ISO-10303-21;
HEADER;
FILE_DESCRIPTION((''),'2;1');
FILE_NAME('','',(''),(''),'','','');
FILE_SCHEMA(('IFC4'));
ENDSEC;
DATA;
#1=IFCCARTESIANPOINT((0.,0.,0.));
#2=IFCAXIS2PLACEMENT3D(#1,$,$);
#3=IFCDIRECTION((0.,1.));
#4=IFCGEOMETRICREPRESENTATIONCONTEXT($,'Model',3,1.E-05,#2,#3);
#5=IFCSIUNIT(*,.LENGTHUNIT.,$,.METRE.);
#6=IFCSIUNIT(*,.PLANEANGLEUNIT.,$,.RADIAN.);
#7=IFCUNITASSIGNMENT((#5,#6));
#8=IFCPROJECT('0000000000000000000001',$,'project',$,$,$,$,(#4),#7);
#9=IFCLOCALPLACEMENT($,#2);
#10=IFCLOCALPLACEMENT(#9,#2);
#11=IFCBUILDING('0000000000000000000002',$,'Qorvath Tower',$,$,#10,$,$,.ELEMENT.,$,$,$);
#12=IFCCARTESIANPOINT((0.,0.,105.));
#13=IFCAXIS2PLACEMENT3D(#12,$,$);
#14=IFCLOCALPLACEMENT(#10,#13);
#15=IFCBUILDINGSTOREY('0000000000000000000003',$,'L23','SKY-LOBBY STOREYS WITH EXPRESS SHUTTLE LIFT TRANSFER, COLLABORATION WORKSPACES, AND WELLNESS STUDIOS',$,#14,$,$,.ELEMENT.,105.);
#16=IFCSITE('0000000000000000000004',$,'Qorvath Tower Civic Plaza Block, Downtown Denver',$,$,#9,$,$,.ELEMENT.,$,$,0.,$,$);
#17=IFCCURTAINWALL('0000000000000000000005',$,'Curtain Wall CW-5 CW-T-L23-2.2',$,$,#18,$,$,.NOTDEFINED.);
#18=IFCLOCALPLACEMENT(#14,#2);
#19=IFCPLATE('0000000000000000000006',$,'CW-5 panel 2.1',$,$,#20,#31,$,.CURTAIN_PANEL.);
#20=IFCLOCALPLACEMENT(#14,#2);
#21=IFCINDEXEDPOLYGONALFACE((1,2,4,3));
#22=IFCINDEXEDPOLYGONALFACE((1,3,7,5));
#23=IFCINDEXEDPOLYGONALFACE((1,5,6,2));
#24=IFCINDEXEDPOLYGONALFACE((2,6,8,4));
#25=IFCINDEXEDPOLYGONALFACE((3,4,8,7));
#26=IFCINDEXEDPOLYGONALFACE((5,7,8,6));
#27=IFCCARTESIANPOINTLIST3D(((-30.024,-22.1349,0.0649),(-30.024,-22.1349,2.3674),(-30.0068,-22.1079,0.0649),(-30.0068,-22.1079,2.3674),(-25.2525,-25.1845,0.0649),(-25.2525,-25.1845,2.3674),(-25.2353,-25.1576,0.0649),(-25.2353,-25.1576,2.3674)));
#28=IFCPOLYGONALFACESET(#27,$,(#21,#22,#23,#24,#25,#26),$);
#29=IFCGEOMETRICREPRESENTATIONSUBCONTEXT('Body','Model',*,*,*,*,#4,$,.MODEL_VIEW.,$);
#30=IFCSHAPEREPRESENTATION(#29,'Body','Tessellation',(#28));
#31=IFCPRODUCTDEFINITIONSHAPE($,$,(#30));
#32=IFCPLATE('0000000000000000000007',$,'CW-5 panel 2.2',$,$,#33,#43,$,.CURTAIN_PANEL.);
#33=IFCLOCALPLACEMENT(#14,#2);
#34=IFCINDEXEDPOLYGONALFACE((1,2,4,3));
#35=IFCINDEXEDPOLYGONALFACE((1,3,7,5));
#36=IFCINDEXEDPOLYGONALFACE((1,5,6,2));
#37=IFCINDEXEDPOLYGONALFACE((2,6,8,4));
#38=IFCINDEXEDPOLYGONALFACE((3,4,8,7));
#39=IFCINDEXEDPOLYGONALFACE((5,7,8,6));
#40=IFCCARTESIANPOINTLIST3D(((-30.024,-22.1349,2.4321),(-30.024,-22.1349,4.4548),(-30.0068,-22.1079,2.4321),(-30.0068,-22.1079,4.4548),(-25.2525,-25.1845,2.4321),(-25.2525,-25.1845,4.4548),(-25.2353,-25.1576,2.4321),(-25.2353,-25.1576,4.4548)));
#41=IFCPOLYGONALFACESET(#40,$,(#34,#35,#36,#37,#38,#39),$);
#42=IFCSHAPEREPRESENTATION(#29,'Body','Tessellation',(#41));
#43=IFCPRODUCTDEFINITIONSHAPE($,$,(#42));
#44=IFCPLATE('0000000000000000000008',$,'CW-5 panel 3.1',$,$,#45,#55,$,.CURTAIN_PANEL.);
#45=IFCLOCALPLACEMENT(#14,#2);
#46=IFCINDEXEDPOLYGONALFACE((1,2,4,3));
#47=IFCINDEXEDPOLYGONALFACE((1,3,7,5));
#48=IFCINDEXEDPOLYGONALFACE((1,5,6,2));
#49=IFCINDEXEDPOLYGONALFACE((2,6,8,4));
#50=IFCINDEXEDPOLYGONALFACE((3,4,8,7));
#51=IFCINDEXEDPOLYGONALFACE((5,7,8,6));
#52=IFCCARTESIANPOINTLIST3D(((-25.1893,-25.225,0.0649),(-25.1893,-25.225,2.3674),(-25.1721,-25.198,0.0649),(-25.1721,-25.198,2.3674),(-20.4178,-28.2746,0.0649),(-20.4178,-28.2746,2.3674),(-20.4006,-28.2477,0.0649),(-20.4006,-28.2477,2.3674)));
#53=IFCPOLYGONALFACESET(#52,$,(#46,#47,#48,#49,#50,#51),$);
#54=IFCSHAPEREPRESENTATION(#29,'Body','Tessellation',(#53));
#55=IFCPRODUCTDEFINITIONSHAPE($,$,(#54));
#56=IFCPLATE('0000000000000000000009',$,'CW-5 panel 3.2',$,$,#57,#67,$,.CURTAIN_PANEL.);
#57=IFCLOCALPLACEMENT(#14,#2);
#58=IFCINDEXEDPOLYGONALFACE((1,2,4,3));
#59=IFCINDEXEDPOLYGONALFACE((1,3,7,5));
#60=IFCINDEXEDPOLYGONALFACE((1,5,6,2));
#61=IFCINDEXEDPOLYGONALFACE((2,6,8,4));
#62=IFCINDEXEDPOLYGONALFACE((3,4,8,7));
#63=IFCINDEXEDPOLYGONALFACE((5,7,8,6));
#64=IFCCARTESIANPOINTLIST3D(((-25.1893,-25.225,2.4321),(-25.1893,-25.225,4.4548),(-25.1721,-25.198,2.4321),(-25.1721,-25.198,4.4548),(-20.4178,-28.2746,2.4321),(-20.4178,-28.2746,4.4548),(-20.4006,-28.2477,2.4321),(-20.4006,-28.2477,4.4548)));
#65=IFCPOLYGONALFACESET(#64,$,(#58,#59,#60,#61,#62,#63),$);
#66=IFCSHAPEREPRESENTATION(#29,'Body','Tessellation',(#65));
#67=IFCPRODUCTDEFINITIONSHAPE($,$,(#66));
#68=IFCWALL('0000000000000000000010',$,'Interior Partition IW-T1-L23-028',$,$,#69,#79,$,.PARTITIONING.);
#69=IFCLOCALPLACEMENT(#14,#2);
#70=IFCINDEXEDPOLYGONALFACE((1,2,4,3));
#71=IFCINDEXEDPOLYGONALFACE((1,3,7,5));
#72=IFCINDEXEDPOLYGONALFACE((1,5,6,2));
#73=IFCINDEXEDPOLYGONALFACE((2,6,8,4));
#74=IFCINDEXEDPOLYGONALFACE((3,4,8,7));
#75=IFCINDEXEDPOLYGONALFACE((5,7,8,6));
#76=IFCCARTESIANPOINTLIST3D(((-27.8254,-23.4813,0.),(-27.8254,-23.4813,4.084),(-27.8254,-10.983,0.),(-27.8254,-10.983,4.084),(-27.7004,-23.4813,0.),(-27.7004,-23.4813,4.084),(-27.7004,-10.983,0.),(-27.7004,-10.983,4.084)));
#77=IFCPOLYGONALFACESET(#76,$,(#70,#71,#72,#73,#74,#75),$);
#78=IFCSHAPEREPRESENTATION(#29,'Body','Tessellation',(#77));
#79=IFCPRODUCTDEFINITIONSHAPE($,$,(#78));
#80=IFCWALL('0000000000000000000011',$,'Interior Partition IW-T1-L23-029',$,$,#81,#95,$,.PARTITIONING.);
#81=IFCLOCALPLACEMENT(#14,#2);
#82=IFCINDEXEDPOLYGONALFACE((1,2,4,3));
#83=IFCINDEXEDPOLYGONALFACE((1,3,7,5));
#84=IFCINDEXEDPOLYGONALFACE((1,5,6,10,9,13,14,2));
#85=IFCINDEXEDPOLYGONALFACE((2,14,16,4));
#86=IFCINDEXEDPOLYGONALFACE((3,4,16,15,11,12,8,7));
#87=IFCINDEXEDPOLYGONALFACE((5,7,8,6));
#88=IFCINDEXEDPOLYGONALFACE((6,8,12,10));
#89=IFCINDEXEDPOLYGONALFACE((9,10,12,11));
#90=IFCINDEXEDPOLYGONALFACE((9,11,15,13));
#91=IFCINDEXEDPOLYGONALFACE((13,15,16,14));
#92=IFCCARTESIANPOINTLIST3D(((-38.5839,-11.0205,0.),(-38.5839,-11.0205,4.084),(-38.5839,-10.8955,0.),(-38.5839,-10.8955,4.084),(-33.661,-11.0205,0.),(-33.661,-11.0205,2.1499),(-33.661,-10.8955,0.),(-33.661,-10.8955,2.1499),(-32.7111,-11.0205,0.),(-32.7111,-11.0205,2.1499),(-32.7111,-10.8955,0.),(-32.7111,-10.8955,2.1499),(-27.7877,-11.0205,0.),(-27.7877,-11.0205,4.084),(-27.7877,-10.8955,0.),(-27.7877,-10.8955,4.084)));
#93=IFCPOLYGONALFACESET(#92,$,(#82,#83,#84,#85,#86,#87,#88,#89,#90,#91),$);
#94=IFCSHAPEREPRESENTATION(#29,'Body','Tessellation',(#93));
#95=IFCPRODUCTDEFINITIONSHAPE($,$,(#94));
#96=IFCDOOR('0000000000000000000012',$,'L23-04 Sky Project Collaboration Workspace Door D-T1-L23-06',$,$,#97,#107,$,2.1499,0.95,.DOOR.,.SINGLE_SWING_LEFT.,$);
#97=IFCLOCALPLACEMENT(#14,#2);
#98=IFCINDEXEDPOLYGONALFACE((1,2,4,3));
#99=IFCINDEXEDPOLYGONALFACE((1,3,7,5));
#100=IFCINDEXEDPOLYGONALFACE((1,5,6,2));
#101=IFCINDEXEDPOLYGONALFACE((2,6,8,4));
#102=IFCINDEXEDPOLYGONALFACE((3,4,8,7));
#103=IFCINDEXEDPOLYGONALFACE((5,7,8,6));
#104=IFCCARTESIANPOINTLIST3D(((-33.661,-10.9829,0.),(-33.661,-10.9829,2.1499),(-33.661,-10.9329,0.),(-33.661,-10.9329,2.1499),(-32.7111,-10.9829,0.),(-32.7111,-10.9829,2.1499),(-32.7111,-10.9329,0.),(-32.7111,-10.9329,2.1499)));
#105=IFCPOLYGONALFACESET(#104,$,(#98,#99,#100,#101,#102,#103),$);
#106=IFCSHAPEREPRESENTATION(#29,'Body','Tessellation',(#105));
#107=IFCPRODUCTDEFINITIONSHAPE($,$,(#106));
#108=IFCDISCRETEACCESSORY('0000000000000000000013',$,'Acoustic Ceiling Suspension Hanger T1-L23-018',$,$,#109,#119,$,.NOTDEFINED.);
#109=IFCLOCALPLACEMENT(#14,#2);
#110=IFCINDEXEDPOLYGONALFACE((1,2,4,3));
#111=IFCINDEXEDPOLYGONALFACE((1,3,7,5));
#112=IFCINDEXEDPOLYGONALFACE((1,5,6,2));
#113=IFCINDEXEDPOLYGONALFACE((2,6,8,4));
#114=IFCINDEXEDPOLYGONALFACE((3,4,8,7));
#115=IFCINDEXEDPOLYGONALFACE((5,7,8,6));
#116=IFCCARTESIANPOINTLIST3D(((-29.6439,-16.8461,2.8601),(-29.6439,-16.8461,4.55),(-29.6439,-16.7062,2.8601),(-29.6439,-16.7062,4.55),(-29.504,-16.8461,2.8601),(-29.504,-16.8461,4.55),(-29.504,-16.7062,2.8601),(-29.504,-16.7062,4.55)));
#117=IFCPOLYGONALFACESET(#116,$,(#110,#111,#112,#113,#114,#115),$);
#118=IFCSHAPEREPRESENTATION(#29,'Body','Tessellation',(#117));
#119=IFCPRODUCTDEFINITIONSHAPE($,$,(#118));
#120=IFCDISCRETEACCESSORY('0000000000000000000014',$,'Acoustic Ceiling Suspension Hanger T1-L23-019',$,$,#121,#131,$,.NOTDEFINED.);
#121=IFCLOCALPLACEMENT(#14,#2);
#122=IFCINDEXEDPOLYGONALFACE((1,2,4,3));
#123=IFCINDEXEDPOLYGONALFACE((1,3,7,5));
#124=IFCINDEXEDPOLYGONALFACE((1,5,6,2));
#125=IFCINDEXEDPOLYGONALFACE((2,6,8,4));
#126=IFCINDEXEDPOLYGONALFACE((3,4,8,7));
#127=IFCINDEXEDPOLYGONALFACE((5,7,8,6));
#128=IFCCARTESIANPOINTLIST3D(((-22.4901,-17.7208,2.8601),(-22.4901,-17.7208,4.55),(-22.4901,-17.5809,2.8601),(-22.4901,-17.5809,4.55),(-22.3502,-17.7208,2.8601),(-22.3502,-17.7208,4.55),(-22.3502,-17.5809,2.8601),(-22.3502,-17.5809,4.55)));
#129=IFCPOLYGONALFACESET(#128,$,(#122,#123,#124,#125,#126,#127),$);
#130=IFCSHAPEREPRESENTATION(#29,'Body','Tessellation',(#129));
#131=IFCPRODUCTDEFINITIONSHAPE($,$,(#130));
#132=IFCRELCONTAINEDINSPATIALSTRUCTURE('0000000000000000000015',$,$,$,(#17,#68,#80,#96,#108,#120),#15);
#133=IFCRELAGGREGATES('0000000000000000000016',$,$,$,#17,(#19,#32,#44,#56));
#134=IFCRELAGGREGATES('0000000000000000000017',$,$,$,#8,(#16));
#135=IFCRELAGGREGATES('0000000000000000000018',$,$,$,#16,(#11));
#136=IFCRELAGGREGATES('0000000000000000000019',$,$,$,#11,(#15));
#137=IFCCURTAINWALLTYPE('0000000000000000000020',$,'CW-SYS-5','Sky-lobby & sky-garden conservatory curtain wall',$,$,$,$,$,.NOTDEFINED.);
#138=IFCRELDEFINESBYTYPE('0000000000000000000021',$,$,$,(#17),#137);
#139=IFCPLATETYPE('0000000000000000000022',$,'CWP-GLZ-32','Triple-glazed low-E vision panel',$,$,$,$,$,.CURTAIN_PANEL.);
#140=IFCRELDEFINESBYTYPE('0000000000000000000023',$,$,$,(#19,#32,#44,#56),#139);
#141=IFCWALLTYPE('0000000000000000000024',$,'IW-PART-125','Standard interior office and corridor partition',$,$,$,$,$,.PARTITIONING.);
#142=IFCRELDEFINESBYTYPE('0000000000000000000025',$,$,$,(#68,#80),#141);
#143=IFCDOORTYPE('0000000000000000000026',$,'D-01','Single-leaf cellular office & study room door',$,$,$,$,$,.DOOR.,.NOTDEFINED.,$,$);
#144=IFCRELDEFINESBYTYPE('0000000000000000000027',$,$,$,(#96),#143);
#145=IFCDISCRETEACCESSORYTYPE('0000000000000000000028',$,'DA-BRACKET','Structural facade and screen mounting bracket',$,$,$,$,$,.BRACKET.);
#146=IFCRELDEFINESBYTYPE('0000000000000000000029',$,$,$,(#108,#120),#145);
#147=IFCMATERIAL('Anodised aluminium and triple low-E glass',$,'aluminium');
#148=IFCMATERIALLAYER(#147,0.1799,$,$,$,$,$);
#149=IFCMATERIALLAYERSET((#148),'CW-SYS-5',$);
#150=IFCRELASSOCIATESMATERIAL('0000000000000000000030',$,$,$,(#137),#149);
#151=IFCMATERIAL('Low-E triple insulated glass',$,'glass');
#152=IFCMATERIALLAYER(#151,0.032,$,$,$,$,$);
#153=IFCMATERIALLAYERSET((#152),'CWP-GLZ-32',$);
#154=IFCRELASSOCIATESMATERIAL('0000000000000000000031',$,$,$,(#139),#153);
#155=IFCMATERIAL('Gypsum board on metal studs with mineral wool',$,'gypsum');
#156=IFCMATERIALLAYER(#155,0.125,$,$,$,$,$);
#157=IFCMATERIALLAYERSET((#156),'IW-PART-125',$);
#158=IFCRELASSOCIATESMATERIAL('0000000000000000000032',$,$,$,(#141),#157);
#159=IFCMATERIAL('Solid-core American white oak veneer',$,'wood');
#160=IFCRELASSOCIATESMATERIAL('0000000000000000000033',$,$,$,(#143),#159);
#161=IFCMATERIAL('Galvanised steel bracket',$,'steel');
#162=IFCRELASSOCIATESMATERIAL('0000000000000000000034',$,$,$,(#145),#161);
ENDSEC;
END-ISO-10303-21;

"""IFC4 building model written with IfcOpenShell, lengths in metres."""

from ifc_helpers import new_model, si_unit, direction, frame, frame_2d, origin, origin_2d, place, context, subcontext, project, spatial, rectangle, extrude, material, layer, layer_set, type_object, element, fill, aggregate, save


model = new_model("IFC4")

# Units and contexts
model_context = context("Model", 3, precision=1e-05, world=origin(), true_north=direction((0.0, 1.0)))
body_context = subcontext(model_context, "Body", "Model", "MODEL_VIEW")
ifc_project = project(units=[si_unit("LENGTHUNIT", "METRE"), si_unit("PLANEANGLEUNIT", "RADIAN")], contexts=[model_context])

# Site, building, storey
site_placement = place(None, origin())
site = spatial("IfcSite", under=ifc_project, at=site_placement, Name="Qorvath Tower Civic Plaza Block, Downtown Denver", CompositionType="ELEMENT", RefElevation=0.0)
building_placement = place(site_placement, origin())
building = spatial("IfcBuilding", under=site, at=building_placement, Name="Qorvath Tower", CompositionType="ELEMENT")
storey_placement = place(building_placement, frame((0.0, 0.0, 105.0)))
storey = spatial("IfcBuildingStorey", under=building, at=storey_placement, Name="L23", Description="SKY-LOBBY STOREYS WITH EXPRESS SHUTTLE LIFT TRANSFER, COLLABORATION WORKSPACES, AND WELLNESS STUDIOS", CompositionType="ELEMENT", Elevation=105.0)

# Curtain wall
ifc_material_1 = material(Name="Anodised aluminium and triple low-E glass", Category="aluminium")
ifc_layer_1 = layer(ifc_material_1, 0.1799)
ifc_layer_set_1 = layer_set([ifc_layer_1], Name="CW-SYS-5")
curtain_wall_type = type_object("IfcCurtainWallType", Name="CW-SYS-5", Description="Sky-lobby & sky-garden conservatory curtain wall", PredefinedType="NOTDEFINED", material=ifc_layer_set_1)
curtain_wall_placement = place(storey_placement, origin())
curtain_wall = element("IfcCurtainWall", 1, at=curtain_wall_placement, inside=storey, type_object=curtain_wall_type, Name="Curtain Wall CW-5 CW-T-L23-2.2", PredefinedType="NOTDEFINED")

# Plates
ifc_material_2 = material(Name="Low-E triple insulated glass", Category="glass")
ifc_layer_2 = layer(ifc_material_2, 0.032)
ifc_layer_set_2 = layer_set([ifc_layer_2], Name="CWP-GLZ-32")
plate_type = type_object("IfcPlateType", Name="CWP-GLZ-32", Description="Triple-glazed low-E vision panel", PredefinedType="CURTAIN_PANEL", material=ifc_layer_set_2)
plate_1_placement = place(storey_placement, frame((-27.6296, -23.6462, 0.0649), z_axis=(0.0, 0.0, 1.0), x_axis=(0.8426, -0.53854, 0.0)))
plate_1 = element("IfcPlate", 2, at=plate_1_placement, type_object=plate_type, Name="CW-5 panel 2.1", PredefinedType="CURTAIN_PANEL", context=body_context, shape_type="SweptSolid", body=[
    extrude(rectangle(XDim=5.6628, YDim=0.032, at=origin_2d()), origin(), (0.0, 0.0, 1.0), 2.3025),
])
plate_2_placement = place(storey_placement, frame((-27.6296, -23.6462, 2.4321), z_axis=(0.0, 0.0, 1.0), x_axis=(0.8426, -0.53854, 0.0)))
plate_2 = element("IfcPlate", 3, at=plate_2_placement, type_object=plate_type, Name="CW-5 panel 2.2", PredefinedType="CURTAIN_PANEL", context=body_context, shape_type="SweptSolid", body=[
    extrude(rectangle(XDim=5.6628, YDim=0.032, at=origin_2d()), origin(), (0.0, 0.0, 1.0), 2.0227),
])
plate_3_placement = place(storey_placement, frame((-22.7949, -26.7363, 0.0649), z_axis=(0.0, 0.0, 1.0), x_axis=(0.8426, -0.53854, 0.0)))
plate_3 = element("IfcPlate", 4, at=plate_3_placement, type_object=plate_type, Name="CW-5 panel 3.1", PredefinedType="CURTAIN_PANEL", context=body_context, shape_type="SweptSolid", body=[
    extrude(rectangle(XDim=5.6628, YDim=0.032, at=origin_2d()), origin(), (0.0, 0.0, 1.0), 2.3025),
])
plate_4_placement = place(storey_placement, frame((-22.7949, -26.7363, 2.4321), z_axis=(0.0, 0.0, 1.0), x_axis=(0.8426, -0.53854, 0.0)))
plate_4 = element("IfcPlate", 5, at=plate_4_placement, type_object=plate_type, Name="CW-5 panel 3.2", PredefinedType="CURTAIN_PANEL", context=body_context, shape_type="SweptSolid", body=[
    extrude(rectangle(XDim=5.6628, YDim=0.032, at=origin_2d()), origin(), (0.0, 0.0, 1.0), 2.0227),
])
aggregate(curtain_wall, [plate_1, plate_2, plate_3, plate_4])

# Wall
ifc_material_3 = material(Name="Gypsum board on metal studs with mineral wool", Category="gypsum")
ifc_layer_3 = layer(ifc_material_3, 0.125)
ifc_layer_set_3 = layer_set([ifc_layer_3], Name="IW-PART-125")
wall_type = type_object("IfcWallType", Name="IW-PART-125", Description="Standard interior office and corridor partition", PredefinedType="PARTITIONING", material=ifc_layer_set_3)
wall_1_placement = place(storey_placement, frame((-27.7629, -23.4812, 0.0), z_axis=(0.0, 0.0, 1.0), x_axis=(0.0, 1.0, 0.0)))
element("IfcWall", 6, at=wall_1_placement, inside=storey, type_object=wall_type, Name="Interior Partition IW-T1-L23-028", PredefinedType="PARTITIONING", context=body_context, shape_type="SweptSolid", body=[
    extrude(rectangle(XDim=12.4983, YDim=0.125, at=frame_2d((6.249, 0.0))), origin(), (0.0, 0.0, 1.0), 4.084),
])

# Wall, opening, door
wall_2_placement = place(storey_placement, frame((-27.7878, -10.958, 0.0), z_axis=(0.0, 0.0, 1.0), x_axis=(-1.0, 0.0, 0.0)))
wall_2 = element("IfcWall", 7, at=wall_2_placement, inside=storey, type_object=wall_type, Name="Interior Partition IW-T1-L23-029", PredefinedType="PARTITIONING", context=body_context, shape_type="SweptSolid", body=[
    extrude(rectangle(XDim=10.7961, YDim=0.125, at=frame_2d((5.3979, 0.0))), origin(), (0.0, 0.0, 1.0), 4.084),
])
opening_placement = place(wall_2_placement, frame((4.9231, 0.0, 0.0)))
opening = element("IfcOpeningElement", 8, at=opening_placement, cuts=wall_2, PredefinedType="OPENING", context=body_context, shape_type="SweptSolid", body=[
    extrude(rectangle(XDim=0.95, YDim=2.1499, at=frame_2d((0.4751, 1.075))), frame((0.0, 0.0725, 0.0), z_axis=(0.0, -1.0, 0.0), x_axis=(1.0, 0.0, 0.0)), (0.0, 0.0, 1.0), 0.145),
])
ifc_material_4 = material(Name="Solid-core American white oak veneer", Category="wood")
door_type = type_object("IfcDoorType", Name="D-01", Description="Single-leaf cellular office & study room door", OperationType="NOTDEFINED", PredefinedType="DOOR", material=ifc_material_4)
door_placement = place(opening_placement, origin())
door = element("IfcDoor", 9, at=door_placement, inside=storey, type_object=door_type, Name="L23-04 Sky Project Collaboration Workspace Door D-T1-L23-06", OperationType="SINGLE_SWING_LEFT", OverallHeight=2.1499, OverallWidth=0.95, PredefinedType="DOOR", context=body_context, shape_type="SweptSolid", body=[
    extrude(rectangle(XDim=0.95, YDim=2.1499, at=frame_2d((0.4751, 1.075))), frame((0.0, 0.0249, 0.0), z_axis=(0.0, -1.0, 0.0), x_axis=(1.0, 0.0, 0.0)), (0.0, 0.0, 1.0), 0.05),
])
fill(opening, door)

# Discrete accessories
ifc_material_5 = material(Name="Galvanised steel bracket", Category="steel")
discrete_accessory_type = type_object("IfcDiscreteAccessoryType", Name="DA-BRACKET", Description="Structural facade and screen mounting bracket", PredefinedType="BRACKET", material=ifc_material_5)
for number, where, z_axis, x_axis, name in (
    (10, (-29.574, -16.7761, 2.8601), (0.0, 0.0, 1.0), (1.0, 0.0, 0.0), "Acoustic Ceiling Suspension Hanger T1-L23-018"),
    (11, (-22.4202, -17.6509, 2.8601), (0.0, 0.0, 1.0), (1.0, 0.0, 0.0), "Acoustic Ceiling Suspension Hanger T1-L23-019"),
):
    element("IfcDiscreteAccessory", number, at=place(storey_placement, frame(where, z_axis=z_axis, x_axis=x_axis)), inside=storey, type_object=discrete_accessory_type, Name=name, PredefinedType="NOTDEFINED", context=body_context, shape_type="SweptSolid", body=[
        extrude(rectangle(XDim=0.1399, YDim=0.1399, at=origin_2d()), origin(), (0.0, 0.0, 1.0), 1.6899),
    ])

save(model, "model.ifc")
